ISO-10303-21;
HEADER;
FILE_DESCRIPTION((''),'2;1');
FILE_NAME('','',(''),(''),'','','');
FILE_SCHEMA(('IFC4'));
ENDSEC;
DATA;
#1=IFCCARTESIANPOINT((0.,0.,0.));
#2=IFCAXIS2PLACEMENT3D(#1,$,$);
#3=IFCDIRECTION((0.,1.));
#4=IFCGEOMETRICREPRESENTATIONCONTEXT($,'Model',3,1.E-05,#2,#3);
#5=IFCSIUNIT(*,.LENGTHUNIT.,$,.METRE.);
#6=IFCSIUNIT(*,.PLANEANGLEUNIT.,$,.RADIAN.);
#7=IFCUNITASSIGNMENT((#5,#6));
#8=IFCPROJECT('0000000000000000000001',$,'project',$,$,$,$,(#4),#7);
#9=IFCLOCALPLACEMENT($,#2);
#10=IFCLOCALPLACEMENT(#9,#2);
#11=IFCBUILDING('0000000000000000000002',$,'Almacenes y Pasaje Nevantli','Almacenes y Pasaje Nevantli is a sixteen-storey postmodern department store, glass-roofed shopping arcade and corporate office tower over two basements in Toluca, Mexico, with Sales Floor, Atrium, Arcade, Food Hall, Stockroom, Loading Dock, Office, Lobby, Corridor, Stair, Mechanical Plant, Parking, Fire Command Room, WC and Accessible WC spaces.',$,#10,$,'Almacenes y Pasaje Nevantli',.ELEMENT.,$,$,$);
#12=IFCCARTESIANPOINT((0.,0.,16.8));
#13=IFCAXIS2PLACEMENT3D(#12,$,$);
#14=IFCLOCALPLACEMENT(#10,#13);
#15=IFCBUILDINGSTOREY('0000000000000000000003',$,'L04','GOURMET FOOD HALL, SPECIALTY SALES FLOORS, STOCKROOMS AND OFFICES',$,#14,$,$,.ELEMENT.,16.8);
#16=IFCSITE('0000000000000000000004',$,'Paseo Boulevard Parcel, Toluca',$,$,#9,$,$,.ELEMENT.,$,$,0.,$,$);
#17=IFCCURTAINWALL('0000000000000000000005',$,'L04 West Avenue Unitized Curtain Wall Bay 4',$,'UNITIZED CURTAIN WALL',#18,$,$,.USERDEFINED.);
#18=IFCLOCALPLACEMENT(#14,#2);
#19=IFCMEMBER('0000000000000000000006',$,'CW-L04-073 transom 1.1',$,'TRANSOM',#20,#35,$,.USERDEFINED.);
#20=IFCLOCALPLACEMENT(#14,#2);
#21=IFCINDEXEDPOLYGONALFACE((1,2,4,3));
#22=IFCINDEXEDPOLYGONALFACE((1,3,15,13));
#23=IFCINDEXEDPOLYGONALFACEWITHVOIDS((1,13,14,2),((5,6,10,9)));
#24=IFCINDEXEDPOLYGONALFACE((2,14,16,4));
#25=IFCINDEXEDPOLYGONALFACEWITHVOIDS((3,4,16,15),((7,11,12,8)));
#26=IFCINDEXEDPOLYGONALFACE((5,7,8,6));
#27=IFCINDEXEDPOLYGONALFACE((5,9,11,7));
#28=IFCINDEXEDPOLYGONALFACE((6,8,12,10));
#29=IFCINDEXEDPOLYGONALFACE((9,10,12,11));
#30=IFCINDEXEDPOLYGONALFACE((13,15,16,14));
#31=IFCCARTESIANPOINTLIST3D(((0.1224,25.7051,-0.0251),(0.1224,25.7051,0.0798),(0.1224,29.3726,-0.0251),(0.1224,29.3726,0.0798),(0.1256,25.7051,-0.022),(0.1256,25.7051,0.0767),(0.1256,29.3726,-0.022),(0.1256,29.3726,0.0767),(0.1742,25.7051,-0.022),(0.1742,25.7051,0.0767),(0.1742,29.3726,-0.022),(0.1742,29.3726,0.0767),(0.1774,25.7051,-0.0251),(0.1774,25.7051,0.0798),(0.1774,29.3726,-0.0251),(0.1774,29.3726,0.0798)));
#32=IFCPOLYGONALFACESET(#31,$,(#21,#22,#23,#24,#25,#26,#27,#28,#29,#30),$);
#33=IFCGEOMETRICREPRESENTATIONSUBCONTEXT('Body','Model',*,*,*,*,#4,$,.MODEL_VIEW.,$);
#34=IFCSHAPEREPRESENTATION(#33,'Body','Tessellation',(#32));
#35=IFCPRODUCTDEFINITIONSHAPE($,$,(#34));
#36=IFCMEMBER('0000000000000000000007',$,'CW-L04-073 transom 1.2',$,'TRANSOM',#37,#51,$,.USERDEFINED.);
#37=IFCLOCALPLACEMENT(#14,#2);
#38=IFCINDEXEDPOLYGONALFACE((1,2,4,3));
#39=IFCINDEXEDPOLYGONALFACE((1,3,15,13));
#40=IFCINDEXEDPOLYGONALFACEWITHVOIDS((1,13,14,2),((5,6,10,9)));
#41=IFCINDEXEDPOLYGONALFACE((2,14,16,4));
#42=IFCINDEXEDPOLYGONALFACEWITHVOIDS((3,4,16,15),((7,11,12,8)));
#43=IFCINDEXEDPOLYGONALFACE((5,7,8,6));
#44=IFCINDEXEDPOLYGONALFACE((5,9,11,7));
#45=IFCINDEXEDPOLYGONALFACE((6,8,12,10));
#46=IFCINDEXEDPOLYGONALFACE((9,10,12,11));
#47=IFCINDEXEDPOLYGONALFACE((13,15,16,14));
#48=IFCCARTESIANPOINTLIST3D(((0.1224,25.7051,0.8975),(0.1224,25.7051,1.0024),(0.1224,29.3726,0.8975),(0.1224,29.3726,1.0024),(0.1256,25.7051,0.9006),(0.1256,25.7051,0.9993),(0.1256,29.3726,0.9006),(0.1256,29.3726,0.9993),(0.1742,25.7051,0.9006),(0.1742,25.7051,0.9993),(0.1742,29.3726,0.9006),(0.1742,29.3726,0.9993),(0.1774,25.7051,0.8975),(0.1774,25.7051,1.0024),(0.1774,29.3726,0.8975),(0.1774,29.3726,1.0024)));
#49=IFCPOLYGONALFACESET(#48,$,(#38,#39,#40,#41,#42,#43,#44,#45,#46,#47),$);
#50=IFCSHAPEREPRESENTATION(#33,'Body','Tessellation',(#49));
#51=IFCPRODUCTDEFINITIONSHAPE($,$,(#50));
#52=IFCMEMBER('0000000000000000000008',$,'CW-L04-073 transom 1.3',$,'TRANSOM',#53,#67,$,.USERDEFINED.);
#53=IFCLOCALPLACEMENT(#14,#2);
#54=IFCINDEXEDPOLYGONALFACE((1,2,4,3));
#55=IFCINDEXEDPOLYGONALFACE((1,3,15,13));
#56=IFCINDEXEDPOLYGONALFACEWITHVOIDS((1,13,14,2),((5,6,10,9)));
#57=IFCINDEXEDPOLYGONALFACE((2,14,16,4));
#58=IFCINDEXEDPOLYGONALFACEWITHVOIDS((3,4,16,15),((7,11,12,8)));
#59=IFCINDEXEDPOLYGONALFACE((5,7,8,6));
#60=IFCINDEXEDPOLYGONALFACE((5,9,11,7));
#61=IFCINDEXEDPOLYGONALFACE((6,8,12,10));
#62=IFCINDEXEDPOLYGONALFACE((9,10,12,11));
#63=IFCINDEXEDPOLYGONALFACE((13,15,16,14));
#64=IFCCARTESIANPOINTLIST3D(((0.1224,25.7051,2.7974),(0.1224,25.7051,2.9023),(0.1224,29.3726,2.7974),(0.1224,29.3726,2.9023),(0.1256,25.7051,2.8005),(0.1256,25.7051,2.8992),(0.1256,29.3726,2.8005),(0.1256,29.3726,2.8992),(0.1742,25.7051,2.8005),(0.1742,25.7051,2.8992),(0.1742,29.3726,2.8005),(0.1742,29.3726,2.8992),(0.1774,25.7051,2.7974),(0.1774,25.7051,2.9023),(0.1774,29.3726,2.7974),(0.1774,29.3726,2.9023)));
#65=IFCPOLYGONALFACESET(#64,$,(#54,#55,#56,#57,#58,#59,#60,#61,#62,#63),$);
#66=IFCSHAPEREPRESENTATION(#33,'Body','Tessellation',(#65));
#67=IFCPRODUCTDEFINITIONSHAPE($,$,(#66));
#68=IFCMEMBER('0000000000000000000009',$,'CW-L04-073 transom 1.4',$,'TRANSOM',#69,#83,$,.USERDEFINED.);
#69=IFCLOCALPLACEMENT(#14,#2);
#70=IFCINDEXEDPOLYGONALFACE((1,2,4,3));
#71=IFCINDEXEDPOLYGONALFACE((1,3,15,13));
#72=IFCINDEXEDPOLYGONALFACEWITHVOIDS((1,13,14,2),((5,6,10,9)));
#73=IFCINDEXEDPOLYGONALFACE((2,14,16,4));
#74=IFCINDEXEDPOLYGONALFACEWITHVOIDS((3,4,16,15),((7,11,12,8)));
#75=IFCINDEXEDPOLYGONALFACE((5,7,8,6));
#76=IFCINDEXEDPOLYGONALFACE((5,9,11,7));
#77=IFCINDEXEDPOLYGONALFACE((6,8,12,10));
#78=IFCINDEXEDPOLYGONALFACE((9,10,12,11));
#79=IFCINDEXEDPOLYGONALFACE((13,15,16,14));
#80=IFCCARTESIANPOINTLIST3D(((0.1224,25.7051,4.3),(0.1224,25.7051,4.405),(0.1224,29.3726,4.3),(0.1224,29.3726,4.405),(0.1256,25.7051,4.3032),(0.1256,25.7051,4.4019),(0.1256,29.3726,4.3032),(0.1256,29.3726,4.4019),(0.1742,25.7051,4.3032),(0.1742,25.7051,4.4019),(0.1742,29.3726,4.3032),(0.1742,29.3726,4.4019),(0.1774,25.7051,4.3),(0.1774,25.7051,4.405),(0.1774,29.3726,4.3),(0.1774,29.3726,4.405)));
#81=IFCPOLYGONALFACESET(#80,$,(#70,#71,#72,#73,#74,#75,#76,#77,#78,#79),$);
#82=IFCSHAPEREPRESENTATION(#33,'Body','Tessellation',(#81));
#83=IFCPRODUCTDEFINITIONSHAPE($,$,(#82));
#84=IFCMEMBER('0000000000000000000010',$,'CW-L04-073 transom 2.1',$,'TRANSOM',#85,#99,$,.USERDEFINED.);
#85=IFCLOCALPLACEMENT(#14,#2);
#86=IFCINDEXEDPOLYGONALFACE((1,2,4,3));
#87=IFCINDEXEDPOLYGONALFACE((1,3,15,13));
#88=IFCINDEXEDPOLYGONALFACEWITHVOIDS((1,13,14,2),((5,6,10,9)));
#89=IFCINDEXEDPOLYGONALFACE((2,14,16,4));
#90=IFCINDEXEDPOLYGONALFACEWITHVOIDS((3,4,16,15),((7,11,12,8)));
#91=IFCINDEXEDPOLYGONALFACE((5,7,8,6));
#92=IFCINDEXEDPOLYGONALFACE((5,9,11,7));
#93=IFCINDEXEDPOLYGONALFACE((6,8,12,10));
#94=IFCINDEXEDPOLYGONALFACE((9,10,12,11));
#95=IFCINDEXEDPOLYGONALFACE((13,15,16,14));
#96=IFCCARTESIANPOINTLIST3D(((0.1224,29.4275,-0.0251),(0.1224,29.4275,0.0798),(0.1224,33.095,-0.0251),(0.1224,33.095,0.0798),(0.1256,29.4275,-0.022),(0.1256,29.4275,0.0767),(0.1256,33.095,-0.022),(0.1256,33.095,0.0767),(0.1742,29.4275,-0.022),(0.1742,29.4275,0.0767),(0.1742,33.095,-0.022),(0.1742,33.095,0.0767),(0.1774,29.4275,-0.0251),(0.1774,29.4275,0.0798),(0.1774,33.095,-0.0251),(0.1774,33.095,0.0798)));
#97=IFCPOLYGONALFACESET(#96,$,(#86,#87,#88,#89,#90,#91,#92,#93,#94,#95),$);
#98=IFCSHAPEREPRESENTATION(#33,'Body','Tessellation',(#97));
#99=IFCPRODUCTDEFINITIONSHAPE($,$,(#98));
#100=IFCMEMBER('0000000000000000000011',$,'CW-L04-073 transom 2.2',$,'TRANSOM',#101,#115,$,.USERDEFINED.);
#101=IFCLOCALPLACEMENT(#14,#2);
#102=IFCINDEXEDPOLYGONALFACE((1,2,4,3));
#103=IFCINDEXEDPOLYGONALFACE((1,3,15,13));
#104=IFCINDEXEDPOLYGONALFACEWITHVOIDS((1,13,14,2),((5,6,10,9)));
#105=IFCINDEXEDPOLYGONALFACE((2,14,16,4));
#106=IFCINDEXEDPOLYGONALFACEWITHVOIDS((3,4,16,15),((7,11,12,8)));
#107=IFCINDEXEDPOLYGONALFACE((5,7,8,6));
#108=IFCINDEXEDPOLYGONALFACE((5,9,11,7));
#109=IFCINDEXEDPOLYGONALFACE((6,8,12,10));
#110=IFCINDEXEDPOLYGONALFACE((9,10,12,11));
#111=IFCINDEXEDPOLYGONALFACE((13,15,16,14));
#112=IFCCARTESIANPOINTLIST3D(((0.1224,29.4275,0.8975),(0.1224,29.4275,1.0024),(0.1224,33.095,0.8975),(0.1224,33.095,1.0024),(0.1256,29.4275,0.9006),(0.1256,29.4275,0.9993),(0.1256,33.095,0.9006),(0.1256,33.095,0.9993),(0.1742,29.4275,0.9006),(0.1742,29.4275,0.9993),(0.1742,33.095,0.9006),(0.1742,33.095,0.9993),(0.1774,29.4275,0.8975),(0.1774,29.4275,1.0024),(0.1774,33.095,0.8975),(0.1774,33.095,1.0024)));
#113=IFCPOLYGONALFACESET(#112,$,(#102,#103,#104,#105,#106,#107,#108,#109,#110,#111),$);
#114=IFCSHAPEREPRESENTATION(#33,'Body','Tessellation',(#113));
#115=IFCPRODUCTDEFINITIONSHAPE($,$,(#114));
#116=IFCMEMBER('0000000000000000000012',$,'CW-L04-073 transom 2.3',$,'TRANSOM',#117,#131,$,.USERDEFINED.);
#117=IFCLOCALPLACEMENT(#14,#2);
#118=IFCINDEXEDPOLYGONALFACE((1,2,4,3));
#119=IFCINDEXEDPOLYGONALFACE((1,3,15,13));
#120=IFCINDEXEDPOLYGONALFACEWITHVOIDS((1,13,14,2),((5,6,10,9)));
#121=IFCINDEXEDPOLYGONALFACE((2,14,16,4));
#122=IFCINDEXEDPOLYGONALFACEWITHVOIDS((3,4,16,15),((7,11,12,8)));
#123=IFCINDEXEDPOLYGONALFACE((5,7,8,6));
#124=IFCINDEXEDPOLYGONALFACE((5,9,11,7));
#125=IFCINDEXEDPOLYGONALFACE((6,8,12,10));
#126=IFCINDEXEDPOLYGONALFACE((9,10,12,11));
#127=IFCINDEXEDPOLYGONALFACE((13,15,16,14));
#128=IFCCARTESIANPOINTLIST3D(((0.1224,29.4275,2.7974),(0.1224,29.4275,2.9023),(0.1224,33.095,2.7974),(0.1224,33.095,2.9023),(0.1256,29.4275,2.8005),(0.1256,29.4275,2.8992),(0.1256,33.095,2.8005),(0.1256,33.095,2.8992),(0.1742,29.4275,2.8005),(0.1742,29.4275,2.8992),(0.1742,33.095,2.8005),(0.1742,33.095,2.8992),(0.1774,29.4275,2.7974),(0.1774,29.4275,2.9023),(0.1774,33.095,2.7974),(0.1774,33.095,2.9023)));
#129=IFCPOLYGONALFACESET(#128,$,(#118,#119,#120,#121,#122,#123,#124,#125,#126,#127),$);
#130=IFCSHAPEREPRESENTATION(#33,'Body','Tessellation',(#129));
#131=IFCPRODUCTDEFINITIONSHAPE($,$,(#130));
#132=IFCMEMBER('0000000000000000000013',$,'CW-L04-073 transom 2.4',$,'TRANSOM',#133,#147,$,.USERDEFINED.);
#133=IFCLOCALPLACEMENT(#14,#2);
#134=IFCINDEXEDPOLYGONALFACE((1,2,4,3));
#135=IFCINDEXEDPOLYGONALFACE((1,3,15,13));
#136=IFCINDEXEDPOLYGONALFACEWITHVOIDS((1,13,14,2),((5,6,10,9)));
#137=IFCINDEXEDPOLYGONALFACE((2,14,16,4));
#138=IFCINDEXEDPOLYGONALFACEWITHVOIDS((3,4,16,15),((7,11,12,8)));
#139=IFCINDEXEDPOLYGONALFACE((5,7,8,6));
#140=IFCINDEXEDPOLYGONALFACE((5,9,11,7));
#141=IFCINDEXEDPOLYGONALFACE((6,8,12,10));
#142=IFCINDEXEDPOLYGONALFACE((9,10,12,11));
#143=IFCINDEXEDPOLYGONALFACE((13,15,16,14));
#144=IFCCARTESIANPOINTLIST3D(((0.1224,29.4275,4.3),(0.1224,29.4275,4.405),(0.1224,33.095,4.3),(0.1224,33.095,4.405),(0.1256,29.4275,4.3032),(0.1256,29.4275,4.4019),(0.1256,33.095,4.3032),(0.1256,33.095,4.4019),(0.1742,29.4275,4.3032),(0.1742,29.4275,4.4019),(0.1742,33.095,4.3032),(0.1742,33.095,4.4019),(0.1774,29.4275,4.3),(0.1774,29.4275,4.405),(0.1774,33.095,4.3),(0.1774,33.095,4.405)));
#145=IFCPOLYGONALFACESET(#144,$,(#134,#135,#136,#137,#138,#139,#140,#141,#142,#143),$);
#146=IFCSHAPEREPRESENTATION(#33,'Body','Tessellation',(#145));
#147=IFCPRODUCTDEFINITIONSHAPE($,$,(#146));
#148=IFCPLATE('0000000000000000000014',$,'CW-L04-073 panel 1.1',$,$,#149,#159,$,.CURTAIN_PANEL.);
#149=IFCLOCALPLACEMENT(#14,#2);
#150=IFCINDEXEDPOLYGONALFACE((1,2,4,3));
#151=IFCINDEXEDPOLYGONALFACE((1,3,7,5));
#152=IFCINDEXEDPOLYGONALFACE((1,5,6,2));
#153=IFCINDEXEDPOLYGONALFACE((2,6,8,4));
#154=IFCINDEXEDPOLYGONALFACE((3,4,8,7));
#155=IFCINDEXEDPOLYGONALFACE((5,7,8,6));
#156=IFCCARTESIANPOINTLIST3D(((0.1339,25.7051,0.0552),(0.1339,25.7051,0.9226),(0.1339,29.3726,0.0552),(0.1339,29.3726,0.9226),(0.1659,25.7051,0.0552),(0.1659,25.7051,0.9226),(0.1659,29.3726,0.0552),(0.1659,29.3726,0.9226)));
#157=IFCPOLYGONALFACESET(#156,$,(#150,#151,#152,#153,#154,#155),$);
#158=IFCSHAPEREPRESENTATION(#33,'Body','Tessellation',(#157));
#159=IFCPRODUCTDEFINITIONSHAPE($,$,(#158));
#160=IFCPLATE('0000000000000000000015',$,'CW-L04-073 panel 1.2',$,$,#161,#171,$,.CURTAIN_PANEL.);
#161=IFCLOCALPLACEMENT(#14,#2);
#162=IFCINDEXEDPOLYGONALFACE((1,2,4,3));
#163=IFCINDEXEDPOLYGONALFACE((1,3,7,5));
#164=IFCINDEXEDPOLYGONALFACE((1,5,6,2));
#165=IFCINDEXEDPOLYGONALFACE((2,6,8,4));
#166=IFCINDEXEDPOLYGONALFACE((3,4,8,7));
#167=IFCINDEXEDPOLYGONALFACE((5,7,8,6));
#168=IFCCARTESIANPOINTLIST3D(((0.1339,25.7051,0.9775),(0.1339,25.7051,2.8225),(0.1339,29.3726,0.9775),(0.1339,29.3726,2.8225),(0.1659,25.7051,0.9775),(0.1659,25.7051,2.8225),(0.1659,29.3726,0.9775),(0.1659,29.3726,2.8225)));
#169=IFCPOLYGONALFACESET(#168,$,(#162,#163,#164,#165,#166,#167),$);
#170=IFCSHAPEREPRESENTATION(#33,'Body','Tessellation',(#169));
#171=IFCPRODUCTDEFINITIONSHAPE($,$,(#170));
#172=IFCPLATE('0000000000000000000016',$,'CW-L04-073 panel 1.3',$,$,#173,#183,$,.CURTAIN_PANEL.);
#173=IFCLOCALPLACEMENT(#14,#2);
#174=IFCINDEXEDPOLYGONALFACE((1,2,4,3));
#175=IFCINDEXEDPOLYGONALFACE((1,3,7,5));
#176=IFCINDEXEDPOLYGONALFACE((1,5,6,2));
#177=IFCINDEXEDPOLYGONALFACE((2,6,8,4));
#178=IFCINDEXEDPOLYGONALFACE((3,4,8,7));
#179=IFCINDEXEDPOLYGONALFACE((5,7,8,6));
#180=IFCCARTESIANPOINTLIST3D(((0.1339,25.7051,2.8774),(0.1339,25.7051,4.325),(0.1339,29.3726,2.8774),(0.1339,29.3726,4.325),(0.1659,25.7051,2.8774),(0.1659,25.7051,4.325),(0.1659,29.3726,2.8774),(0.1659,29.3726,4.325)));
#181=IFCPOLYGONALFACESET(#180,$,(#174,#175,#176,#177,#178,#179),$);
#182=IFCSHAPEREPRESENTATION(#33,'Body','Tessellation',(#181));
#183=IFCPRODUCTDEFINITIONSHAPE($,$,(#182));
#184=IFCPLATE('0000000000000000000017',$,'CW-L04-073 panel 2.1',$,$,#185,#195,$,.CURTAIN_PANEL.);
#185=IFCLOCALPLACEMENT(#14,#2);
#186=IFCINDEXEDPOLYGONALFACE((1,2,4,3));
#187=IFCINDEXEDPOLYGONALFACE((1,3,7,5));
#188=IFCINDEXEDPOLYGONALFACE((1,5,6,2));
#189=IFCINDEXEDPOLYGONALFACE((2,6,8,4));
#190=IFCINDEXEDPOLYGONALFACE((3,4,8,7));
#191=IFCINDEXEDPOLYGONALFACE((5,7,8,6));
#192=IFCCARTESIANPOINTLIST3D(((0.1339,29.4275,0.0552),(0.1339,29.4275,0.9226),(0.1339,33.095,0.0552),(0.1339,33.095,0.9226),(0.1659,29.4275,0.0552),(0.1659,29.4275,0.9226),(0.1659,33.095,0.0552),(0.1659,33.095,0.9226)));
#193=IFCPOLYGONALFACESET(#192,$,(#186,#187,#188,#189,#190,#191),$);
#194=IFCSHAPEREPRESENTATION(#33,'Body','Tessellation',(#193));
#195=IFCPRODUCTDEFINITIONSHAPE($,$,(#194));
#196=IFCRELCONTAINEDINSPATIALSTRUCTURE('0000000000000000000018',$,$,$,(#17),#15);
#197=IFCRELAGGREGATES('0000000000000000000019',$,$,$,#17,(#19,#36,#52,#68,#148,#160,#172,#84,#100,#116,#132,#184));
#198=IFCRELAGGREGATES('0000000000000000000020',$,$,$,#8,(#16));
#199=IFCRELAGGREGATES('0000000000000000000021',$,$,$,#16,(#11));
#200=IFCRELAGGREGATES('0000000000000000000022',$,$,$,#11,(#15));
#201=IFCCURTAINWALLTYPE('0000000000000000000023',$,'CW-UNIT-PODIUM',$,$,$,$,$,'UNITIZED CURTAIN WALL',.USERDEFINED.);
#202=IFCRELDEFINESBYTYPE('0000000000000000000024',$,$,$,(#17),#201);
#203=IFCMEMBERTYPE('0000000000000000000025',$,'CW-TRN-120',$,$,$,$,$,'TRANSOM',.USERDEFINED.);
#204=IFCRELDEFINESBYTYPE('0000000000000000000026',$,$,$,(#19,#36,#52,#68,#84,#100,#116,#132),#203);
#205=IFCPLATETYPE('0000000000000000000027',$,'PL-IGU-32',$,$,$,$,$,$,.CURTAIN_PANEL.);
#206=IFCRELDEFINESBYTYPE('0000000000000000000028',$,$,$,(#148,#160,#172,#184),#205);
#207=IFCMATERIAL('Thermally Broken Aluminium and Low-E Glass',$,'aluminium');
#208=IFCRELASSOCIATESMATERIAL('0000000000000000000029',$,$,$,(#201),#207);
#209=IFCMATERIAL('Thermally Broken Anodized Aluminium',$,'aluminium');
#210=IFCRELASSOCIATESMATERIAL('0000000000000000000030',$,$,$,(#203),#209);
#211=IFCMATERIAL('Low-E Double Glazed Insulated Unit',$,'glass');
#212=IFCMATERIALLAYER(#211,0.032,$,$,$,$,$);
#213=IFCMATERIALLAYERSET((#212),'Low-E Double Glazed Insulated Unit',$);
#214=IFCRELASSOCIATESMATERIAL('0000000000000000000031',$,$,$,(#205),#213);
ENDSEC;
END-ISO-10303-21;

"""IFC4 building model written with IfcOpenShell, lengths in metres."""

from ifc_helpers import new_model, si_unit, direction, frame, origin, origin_2d, place, context, subcontext, project, spatial, rectangle, hollow_rectangle, extrude, material, layer, layer_set, material_profile, profile_set, type_object, element, aggregate, save


model = new_model("IFC4")

# Units and contexts
model_context = context("Model", 3, precision=1e-05, world=origin(), true_north=direction((0.0, 1.0)))
body_context = subcontext(model_context, "Body", "Model", "MODEL_VIEW")
ifc_project = project(units=[si_unit("LENGTHUNIT", "METRE"), si_unit("PLANEANGLEUNIT", "RADIAN")], contexts=[model_context])

# Site, building, storey
site_placement = place(None, origin())
site = spatial("IfcSite", under=ifc_project, at=site_placement, Name="Paseo Boulevard Parcel, Toluca", CompositionType="ELEMENT", RefElevation=0.0)
building_placement = place(site_placement, origin())
building = spatial("IfcBuilding", under=site, at=building_placement, Name="Almacenes y Pasaje Nevantli", Description="Almacenes y Pasaje Nevantli is a sixteen-storey postmodern department store, glass-roofed shopping arcade and corporate office tower over two basements in Toluca, Mexico, with Sales Floor, Atrium, Arcade, Food Hall, Stockroom, Loading Dock, Office, Lobby, Corridor, Stair, Mechanical Plant, Parking, Fire Command Room, WC and Accessible WC spaces.", LongName="Almacenes y Pasaje Nevantli", CompositionType="ELEMENT")
storey_placement = place(building_placement, frame((0.0, 0.0, 16.8)))
storey = spatial("IfcBuildingStorey", under=building, at=storey_placement, Name="L04", Description="GOURMET FOOD HALL, SPECIALTY SALES FLOORS, STOCKROOMS AND OFFICES", CompositionType="ELEMENT", Elevation=16.8)

# Curtain wall, members, plates
ifc_material_1 = material(Name="Thermally Broken Aluminium and Low-E Glass", Category="aluminium")
curtain_wall_type = type_object("IfcCurtainWallType", Name="CW-UNIT-PODIUM", ElementType="UNITIZED CURTAIN WALL", PredefinedType="USERDEFINED", material=ifc_material_1)
curtain_wall_placement = place(storey_placement, origin())
curtain_wall = element("IfcCurtainWall", 1, at=curtain_wall_placement, inside=storey, type_object=curtain_wall_type, Name="L04 West Avenue Unitized Curtain Wall Bay 4", ObjectType="UNITIZED CURTAIN WALL", PredefinedType="USERDEFINED")
ifc_material_2 = material(Name="Thermally Broken Anodized Aluminium", Category="aluminium")
ifc_material_profile_1 = material_profile(ifc_material_2, hollow_rectangle(XDim=0.0549, YDim=0.105, WallThickness=0.0032, at=origin_2d()), Name="ALU-TRN-55x105")
ifc_profile_set_1 = profile_set([ifc_material_profile_1], Name="Thermally Broken Anodized Aluminium")
member_type_1 = type_object("IfcMemberType", Name="CW-TRN-120", ElementType="TRANSOM", PredefinedType="USERDEFINED", material=ifc_profile_set_1)
member_1_placement = place(storey_placement, frame((0.1499, 25.7051, 0.0273), z_axis=(0.0, 1.0, 0.0), x_axis=(-1.0, 0.0, 0.0)))
member_1 = element("IfcMember", 2, at=member_1_placement, type_object=member_type_1, Name="CW-L04-073 transom 1.1", ObjectType="TRANSOM", PredefinedType="USERDEFINED", context=body_context, shape_type="SweptSolid", body=[
    extrude(hollow_rectangle(XDim=0.0549, YDim=0.105, WallThickness=0.0032, at=origin_2d()), origin(), (0.0, 0.0, 1.0), 3.6675),
])
member_2_placement = place(storey_placement, frame((0.1499, 25.7051, 0.95), z_axis=(0.0, 1.0, 0.0), x_axis=(-1.0, 0.0, 0.0)))
member_2 = element("IfcMember", 3, at=member_2_placement, type_object=member_type_1, Name="CW-L04-073 transom 1.2", ObjectType="TRANSOM", PredefinedType="USERDEFINED", context=body_context, shape_type="SweptSolid", body=[
    extrude(hollow_rectangle(XDim=0.0549, YDim=0.105, WallThickness=0.0032, at=origin_2d()), origin(), (0.0, 0.0, 1.0), 3.6675),
])
member_3_placement = place(storey_placement, frame((0.1499, 25.7051, 2.8499), z_axis=(0.0, 1.0, 0.0), x_axis=(-1.0, 0.0, 0.0)))
member_3 = element("IfcMember", 4, at=member_3_placement, type_object=member_type_1, Name="CW-L04-073 transom 1.3", ObjectType="TRANSOM", PredefinedType="USERDEFINED", context=body_context, shape_type="SweptSolid", body=[
    extrude(hollow_rectangle(XDim=0.0549, YDim=0.105, WallThickness=0.0032, at=origin_2d()), origin(), (0.0, 0.0, 1.0), 3.6675),
])
member_4_placement = place(storey_placement, frame((0.1499, 25.7051, 4.3525), z_axis=(0.0, 1.0, 0.0), x_axis=(-1.0, 0.0, 0.0)))
member_4 = element("IfcMember", 5, at=member_4_placement, type_object=member_type_1, Name="CW-L04-073 transom 1.4", ObjectType="TRANSOM", PredefinedType="USERDEFINED", context=body_context, shape_type="SweptSolid", body=[
    extrude(hollow_rectangle(XDim=0.0549, YDim=0.105, WallThickness=0.0032, at=origin_2d()), origin(), (0.0, 0.0, 1.0), 3.6675),
])
member_5_placement = place(storey_placement, frame((0.1499, 29.4275, 0.0273), z_axis=(0.0, 1.0, 0.0), x_axis=(-1.0, 0.0, 0.0)))
member_5 = element("IfcMember", 6, at=member_5_placement, type_object=member_type_1, Name="CW-L04-073 transom 2.1", ObjectType="TRANSOM", PredefinedType="USERDEFINED", context=body_context, shape_type="SweptSolid", body=[
    extrude(hollow_rectangle(XDim=0.0549, YDim=0.105, WallThickness=0.0032, at=origin_2d()), origin(), (0.0, 0.0, 1.0), 3.6675),
])
member_6_placement = place(storey_placement, frame((0.1499, 29.4275, 0.95), z_axis=(0.0, 1.0, 0.0), x_axis=(-1.0, 0.0, 0.0)))
member_6 = element("IfcMember", 7, at=member_6_placement, type_object=member_type_1, Name="CW-L04-073 transom 2.2", ObjectType="TRANSOM", PredefinedType="USERDEFINED", context=body_context, shape_type="SweptSolid", body=[
    extrude(hollow_rectangle(XDim=0.0549, YDim=0.105, WallThickness=0.0032, at=origin_2d()), origin(), (0.0, 0.0, 1.0), 3.6675),
])
member_7_placement = place(storey_placement, frame((0.1499, 29.4275, 2.8499), z_axis=(0.0, 1.0, 0.0), x_axis=(-1.0, 0.0, 0.0)))
member_7 = element("IfcMember", 8, at=member_7_placement, type_object=member_type_1, Name="CW-L04-073 transom 2.3", ObjectType="TRANSOM", PredefinedType="USERDEFINED", context=body_context, shape_type="SweptSolid", body=[
    extrude(hollow_rectangle(XDim=0.0549, YDim=0.105, WallThickness=0.0032, at=origin_2d()), origin(), (0.0, 0.0, 1.0), 3.6675),
])
member_8_placement = place(storey_placement, frame((0.1499, 29.4275, 4.3525), z_axis=(0.0, 1.0, 0.0), x_axis=(-1.0, 0.0, 0.0)))
member_8 = element("IfcMember", 9, at=member_8_placement, type_object=member_type_1, Name="CW-L04-073 transom 2.4", ObjectType="TRANSOM", PredefinedType="USERDEFINED", context=body_context, shape_type="SweptSolid", body=[
    extrude(hollow_rectangle(XDim=0.0549, YDim=0.105, WallThickness=0.0032, at=origin_2d()), origin(), (0.0, 0.0, 1.0), 3.6675),
])
ifc_material_3 = material(Name="Low-E Double Glazed Insulated Unit", Category="glass")
ifc_layer_1 = layer(ifc_material_3, 0.032)
ifc_layer_set_1 = layer_set([ifc_layer_1], Name="Low-E Double Glazed Insulated Unit")
plate_type = type_object("IfcPlateType", Name="PL-IGU-32", PredefinedType="CURTAIN_PANEL", material=ifc_layer_set_1)
plate_1_placement = place(storey_placement, frame((0.1499, 27.5388, 0.0552), z_axis=(0.0, 0.0, 1.0), x_axis=(0.0, 1.0, 0.0)))
plate_1 = element("IfcPlate", 10, at=plate_1_placement, type_object=plate_type, Name="CW-L04-073 panel 1.1", PredefinedType="CURTAIN_PANEL", context=body_context, shape_type="SweptSolid", body=[
    extrude(rectangle(XDim=3.6675, YDim=0.032, at=origin_2d()), origin(), (0.0, 0.0, 1.0), 0.8674),
])
plate_2_placement = place(storey_placement, frame((0.1499, 27.5388, 0.9775), z_axis=(0.0, 0.0, 1.0), x_axis=(0.0, 1.0, 0.0)))
plate_2 = element("IfcPlate", 11, at=plate_2_placement, type_object=plate_type, Name="CW-L04-073 panel 1.2", PredefinedType="CURTAIN_PANEL", context=body_context, shape_type="SweptSolid", body=[
    extrude(rectangle(XDim=3.6675, YDim=0.032, at=origin_2d()), origin(), (0.0, 0.0, 1.0), 1.845),
])
plate_3_placement = place(storey_placement, frame((0.1499, 27.5388, 2.8774), z_axis=(0.0, 0.0, 1.0), x_axis=(0.0, 1.0, 0.0)))
plate_3 = element("IfcPlate", 12, at=plate_3_placement, type_object=plate_type, Name="CW-L04-073 panel 1.3", PredefinedType="CURTAIN_PANEL", context=body_context, shape_type="SweptSolid", body=[
    extrude(rectangle(XDim=3.6675, YDim=0.032, at=origin_2d()), origin(), (0.0, 0.0, 1.0), 1.4475),
])
plate_4_placement = place(storey_placement, frame((0.1499, 31.2612, 0.0552), z_axis=(0.0, 0.0, 1.0), x_axis=(0.0, 1.0, 0.0)))
plate_4 = element("IfcPlate", 13, at=plate_4_placement, type_object=plate_type, Name="CW-L04-073 panel 2.1", PredefinedType="CURTAIN_PANEL", context=body_context, shape_type="SweptSolid", body=[
    extrude(rectangle(XDim=3.6675, YDim=0.032, at=origin_2d()), origin(), (0.0, 0.0, 1.0), 0.8674),
])
aggregate(curtain_wall, [member_1, member_2, member_3, member_4, plate_1, plate_2, plate_3, member_5, member_6, member_7, member_8, plate_4])

save(model, "model.ifc")
